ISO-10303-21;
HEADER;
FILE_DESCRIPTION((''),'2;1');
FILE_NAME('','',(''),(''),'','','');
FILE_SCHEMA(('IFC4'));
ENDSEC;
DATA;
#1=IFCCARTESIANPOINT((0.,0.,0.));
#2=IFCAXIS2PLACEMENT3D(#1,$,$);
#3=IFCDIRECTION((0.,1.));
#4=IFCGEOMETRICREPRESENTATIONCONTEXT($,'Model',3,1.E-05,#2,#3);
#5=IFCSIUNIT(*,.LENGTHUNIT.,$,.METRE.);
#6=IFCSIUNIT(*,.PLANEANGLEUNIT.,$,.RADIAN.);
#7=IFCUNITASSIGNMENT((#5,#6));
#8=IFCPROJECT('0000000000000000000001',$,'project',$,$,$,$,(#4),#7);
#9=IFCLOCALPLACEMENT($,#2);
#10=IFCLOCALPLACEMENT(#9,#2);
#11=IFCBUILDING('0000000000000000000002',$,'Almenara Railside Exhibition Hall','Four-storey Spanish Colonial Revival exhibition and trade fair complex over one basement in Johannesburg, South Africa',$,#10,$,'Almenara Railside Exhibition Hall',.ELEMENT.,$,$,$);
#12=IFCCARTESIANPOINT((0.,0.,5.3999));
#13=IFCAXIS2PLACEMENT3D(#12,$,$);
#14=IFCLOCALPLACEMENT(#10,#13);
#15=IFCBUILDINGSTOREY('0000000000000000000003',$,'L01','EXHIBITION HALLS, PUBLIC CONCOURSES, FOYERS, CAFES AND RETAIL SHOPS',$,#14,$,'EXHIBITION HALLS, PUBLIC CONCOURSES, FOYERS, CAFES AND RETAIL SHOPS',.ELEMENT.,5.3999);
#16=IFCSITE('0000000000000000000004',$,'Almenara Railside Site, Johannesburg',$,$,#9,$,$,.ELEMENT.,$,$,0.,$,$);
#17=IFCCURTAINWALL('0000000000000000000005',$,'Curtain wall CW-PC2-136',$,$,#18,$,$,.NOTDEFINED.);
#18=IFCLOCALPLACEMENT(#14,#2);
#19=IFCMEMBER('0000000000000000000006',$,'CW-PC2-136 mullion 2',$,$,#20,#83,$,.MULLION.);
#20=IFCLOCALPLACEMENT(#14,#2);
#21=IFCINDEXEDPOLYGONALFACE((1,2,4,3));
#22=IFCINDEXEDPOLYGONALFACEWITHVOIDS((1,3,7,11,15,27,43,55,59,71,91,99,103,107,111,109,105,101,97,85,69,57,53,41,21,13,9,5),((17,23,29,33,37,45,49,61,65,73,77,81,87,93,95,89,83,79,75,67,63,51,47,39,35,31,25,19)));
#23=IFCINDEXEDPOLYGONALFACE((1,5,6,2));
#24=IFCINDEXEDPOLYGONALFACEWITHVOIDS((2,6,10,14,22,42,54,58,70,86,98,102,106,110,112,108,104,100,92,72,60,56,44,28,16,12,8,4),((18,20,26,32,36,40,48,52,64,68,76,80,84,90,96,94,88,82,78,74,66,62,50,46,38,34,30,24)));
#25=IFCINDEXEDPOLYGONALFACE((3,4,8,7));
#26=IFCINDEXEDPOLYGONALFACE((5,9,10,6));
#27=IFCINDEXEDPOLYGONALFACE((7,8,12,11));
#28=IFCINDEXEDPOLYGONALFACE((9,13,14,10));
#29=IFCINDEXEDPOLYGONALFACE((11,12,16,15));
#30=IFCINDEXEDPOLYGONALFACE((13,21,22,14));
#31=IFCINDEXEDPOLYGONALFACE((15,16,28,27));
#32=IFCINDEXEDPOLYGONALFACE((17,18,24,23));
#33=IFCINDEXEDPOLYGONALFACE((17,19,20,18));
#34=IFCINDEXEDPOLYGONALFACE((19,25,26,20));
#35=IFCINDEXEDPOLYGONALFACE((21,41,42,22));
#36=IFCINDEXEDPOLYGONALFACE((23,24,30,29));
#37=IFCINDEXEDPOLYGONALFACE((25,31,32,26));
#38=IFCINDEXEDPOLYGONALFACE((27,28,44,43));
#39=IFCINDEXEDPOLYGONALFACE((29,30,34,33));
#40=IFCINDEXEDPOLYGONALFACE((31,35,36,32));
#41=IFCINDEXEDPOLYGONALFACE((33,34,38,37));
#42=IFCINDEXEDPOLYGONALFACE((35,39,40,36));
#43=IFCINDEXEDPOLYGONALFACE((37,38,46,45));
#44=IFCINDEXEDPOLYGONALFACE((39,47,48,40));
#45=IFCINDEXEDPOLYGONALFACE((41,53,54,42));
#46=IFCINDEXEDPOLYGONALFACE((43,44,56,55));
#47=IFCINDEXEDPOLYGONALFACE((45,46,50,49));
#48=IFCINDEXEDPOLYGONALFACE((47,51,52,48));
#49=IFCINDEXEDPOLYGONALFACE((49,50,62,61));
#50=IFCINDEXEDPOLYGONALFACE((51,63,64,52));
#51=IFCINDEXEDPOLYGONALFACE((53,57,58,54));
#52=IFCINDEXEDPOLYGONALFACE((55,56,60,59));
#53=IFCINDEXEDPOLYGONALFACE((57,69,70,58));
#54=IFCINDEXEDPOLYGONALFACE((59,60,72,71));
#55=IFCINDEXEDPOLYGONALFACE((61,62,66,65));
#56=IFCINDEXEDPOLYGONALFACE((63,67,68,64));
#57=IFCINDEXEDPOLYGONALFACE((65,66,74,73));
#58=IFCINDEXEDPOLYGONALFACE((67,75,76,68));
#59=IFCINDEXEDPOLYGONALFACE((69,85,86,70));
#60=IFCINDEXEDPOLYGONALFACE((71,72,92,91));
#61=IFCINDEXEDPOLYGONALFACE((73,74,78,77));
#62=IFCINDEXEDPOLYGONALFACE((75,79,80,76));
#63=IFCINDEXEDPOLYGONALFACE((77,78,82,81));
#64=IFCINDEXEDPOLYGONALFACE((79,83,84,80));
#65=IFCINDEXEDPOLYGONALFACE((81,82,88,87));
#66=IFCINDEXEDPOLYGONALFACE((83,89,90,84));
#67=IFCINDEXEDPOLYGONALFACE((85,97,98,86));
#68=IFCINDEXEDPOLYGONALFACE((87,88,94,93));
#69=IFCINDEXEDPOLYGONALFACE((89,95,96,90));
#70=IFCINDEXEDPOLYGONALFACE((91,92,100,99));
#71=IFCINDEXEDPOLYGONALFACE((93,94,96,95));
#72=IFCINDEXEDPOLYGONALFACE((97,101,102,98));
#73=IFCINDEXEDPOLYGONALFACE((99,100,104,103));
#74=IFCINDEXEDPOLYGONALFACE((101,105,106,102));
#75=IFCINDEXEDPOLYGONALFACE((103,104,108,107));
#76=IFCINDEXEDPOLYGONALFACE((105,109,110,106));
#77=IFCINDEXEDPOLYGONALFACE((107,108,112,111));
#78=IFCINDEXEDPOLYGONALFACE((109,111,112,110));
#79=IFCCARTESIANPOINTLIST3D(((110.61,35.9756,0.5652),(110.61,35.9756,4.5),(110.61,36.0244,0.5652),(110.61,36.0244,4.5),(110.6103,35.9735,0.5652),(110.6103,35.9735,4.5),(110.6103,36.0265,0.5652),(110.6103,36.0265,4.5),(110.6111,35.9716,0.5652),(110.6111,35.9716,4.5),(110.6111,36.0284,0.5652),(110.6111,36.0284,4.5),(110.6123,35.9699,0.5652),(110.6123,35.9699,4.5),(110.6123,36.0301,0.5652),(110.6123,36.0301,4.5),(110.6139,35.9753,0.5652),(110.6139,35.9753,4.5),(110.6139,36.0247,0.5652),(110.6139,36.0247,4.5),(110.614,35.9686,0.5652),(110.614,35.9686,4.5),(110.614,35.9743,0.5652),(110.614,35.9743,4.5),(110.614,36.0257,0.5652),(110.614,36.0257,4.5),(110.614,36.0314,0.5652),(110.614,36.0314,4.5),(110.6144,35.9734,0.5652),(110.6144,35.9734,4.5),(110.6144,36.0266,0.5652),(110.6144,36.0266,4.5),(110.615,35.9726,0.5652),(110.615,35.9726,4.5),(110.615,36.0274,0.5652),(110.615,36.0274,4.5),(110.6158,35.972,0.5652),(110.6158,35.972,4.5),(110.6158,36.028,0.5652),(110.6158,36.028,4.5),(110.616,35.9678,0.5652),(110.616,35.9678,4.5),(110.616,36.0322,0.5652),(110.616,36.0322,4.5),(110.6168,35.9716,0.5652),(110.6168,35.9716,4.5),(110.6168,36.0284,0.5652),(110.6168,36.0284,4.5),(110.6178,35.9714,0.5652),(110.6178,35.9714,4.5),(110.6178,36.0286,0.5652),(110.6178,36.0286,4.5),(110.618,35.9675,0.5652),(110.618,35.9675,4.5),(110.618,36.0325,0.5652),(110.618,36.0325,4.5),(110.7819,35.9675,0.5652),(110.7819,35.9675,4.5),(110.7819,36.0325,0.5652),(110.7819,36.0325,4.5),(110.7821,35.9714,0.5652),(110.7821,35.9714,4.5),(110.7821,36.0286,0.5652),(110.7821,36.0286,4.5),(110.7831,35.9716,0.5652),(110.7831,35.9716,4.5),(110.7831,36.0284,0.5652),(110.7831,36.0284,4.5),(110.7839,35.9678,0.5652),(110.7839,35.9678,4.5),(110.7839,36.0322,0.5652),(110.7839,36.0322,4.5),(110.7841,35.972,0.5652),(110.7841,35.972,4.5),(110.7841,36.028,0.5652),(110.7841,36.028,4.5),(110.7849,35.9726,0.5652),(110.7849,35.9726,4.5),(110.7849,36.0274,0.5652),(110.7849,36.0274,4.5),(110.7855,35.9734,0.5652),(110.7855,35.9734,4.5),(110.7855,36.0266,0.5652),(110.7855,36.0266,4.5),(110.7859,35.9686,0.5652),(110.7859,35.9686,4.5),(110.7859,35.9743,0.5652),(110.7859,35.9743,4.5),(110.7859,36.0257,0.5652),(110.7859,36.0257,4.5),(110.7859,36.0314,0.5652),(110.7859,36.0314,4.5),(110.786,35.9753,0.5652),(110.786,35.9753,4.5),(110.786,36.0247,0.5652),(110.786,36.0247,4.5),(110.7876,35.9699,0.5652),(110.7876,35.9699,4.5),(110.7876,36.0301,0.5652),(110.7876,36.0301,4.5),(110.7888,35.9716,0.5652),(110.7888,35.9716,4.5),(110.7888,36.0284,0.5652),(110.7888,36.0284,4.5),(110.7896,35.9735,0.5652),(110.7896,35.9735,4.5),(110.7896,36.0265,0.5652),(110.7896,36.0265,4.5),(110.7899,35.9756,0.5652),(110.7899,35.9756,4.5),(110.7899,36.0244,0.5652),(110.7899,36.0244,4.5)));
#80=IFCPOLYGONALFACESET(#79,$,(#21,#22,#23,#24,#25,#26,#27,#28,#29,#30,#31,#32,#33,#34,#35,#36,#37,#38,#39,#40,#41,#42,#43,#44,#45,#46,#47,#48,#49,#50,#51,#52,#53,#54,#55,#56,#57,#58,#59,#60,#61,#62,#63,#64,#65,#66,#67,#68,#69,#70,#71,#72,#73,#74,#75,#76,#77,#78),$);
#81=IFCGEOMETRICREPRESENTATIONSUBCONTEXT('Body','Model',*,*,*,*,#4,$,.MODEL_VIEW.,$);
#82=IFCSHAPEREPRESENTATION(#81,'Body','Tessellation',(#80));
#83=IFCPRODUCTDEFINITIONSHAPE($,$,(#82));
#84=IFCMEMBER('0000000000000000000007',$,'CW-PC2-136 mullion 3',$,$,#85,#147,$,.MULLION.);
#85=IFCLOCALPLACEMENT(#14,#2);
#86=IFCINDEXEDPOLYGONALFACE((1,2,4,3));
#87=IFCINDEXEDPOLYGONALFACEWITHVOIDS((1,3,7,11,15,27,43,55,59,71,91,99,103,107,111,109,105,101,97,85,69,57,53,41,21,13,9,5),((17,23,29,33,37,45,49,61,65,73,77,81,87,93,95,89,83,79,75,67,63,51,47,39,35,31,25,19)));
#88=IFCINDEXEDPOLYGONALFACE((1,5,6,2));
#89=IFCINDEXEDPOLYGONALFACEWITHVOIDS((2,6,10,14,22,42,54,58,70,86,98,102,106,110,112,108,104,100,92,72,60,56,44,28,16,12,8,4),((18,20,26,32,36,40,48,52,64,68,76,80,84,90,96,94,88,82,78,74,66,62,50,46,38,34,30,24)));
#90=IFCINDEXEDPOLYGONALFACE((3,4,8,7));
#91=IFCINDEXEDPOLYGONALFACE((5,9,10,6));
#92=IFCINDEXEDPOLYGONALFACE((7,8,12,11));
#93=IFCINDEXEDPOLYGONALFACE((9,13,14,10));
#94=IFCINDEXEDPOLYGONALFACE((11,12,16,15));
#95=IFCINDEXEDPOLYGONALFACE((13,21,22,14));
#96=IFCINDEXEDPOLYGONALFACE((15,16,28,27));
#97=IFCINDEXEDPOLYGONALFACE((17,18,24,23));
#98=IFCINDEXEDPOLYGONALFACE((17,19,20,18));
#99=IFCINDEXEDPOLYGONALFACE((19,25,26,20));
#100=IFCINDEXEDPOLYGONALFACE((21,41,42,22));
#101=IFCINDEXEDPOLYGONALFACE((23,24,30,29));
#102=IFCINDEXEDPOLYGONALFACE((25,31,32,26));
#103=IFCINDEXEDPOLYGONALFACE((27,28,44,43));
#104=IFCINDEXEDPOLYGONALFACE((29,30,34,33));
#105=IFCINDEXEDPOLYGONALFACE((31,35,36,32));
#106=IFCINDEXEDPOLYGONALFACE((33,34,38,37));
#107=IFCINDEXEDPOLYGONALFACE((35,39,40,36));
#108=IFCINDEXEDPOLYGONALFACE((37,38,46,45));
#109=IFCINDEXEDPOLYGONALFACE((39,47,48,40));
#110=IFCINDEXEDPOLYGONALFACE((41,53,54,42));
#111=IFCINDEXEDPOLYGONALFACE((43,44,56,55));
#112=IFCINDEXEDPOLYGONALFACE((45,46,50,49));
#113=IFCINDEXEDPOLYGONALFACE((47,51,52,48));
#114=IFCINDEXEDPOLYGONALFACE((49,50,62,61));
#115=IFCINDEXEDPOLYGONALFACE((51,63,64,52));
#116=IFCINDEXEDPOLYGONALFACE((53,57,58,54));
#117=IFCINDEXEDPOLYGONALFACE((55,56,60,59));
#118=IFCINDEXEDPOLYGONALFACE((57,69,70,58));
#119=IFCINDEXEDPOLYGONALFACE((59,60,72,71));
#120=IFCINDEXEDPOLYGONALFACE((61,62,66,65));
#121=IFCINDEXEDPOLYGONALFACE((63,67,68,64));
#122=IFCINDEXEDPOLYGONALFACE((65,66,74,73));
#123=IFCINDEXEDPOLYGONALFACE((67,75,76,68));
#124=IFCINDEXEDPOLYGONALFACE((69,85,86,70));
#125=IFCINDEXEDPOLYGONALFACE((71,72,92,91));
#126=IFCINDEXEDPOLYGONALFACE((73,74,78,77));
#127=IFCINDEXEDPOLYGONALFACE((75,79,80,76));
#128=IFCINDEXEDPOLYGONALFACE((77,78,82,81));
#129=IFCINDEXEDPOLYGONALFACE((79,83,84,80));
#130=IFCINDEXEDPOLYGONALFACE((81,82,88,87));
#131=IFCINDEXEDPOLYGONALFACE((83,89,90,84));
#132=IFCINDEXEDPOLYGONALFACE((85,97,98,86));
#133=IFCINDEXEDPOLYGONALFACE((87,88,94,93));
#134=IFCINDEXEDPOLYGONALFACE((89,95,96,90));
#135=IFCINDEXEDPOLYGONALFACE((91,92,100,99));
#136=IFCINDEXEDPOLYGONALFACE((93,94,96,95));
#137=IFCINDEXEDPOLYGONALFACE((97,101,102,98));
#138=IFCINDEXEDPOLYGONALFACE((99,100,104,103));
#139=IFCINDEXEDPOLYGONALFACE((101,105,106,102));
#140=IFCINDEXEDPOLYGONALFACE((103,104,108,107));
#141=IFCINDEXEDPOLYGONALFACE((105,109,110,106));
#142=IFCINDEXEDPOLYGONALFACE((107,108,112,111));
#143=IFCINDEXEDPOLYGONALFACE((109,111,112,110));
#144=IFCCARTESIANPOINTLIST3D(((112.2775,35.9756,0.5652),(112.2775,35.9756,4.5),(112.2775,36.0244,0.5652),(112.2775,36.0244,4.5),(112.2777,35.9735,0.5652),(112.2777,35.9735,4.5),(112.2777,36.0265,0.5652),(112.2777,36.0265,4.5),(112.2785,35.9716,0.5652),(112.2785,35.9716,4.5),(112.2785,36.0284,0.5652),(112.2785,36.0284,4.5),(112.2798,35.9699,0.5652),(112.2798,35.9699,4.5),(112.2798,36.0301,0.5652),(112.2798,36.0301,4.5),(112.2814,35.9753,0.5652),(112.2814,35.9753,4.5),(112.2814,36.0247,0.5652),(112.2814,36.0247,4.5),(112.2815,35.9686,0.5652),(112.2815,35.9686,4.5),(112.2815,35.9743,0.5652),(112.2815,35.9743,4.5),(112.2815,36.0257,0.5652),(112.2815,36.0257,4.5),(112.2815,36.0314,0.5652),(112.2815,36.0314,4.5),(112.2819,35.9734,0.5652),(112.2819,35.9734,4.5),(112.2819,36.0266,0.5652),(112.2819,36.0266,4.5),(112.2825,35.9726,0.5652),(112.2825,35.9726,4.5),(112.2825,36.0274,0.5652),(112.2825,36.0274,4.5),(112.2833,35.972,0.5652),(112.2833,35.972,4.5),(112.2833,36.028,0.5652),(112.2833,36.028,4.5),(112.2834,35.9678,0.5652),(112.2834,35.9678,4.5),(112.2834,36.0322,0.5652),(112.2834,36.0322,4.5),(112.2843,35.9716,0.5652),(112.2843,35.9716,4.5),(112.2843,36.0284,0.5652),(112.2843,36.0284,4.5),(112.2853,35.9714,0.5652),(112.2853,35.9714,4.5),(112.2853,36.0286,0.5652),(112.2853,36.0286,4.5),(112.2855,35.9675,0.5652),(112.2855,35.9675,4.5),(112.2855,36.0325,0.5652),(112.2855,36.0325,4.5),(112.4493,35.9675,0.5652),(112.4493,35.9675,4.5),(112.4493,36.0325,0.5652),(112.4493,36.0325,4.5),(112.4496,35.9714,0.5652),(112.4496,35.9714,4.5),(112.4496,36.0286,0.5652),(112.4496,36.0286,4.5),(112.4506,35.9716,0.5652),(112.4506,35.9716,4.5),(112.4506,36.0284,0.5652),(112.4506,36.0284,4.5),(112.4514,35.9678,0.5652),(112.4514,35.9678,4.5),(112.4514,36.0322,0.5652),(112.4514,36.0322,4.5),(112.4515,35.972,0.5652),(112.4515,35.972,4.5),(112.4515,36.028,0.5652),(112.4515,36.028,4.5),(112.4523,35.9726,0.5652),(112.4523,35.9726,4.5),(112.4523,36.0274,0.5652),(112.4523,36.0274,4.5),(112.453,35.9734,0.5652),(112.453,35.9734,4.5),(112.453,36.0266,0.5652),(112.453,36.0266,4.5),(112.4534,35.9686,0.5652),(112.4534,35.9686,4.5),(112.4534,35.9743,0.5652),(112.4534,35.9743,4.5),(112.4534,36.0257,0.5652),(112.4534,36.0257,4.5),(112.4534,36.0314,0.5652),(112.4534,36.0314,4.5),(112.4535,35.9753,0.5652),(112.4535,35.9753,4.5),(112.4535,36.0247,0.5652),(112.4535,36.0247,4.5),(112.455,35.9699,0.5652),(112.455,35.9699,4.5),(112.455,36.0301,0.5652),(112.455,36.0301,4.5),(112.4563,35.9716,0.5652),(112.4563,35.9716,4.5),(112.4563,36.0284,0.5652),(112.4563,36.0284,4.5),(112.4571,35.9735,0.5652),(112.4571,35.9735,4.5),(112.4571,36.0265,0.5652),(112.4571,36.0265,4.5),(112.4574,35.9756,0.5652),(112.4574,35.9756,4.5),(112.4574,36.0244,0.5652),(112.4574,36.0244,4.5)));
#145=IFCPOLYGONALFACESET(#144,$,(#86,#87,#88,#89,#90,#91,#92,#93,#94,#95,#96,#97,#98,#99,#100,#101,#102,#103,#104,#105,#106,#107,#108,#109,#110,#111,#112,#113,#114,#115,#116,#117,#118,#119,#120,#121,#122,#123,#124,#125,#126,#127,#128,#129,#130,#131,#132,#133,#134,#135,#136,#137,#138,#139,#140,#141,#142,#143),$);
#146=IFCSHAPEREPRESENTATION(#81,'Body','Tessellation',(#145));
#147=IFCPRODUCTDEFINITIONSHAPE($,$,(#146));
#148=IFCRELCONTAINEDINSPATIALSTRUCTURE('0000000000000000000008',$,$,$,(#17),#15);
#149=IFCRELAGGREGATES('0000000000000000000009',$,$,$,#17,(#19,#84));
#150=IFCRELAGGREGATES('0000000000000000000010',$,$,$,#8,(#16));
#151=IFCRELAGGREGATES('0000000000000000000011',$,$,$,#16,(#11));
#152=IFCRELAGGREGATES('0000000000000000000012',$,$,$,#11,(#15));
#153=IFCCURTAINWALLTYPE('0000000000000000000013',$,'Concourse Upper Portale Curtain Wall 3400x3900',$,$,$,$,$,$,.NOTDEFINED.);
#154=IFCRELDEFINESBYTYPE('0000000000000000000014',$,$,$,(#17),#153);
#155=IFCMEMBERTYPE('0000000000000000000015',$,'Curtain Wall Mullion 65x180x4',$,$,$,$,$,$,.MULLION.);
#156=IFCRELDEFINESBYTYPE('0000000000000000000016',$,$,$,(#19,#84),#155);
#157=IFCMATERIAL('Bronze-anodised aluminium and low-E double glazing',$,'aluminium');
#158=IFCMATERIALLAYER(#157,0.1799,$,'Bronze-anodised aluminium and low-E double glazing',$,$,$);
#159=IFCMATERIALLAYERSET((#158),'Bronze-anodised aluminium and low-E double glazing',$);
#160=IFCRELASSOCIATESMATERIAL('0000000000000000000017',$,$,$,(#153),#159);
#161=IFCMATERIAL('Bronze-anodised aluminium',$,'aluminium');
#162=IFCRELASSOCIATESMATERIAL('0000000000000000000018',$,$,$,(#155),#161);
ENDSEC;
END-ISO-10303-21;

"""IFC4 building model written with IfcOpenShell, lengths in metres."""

from ifc_helpers import new_model, si_unit, direction, frame, origin, origin_2d, place, context, subcontext, project, spatial, hollow_rectangle, extrude, material, layer, layer_set, material_profile, profile_set, type_object, element, aggregate, save


model = new_model("IFC4")

# Units and contexts
model_context = context("Model", 3, precision=1e-05, world=origin(), true_north=direction((0.0, 1.0)))
body_context = subcontext(model_context, "Body", "Model", "MODEL_VIEW")
ifc_project = project(units=[si_unit("LENGTHUNIT", "METRE"), si_unit("PLANEANGLEUNIT", "RADIAN")], contexts=[model_context])

# Site, building, storey
site_placement = place(None, origin())
site = spatial("IfcSite", under=ifc_project, at=site_placement, Name="Almenara Railside Site, Johannesburg", CompositionType="ELEMENT", RefElevation=0.0)
building_placement = place(site_placement, origin())
building = spatial("IfcBuilding", under=site, at=building_placement, Name="Almenara Railside Exhibition Hall", Description="Four-storey Spanish Colonial Revival exhibition and trade fair complex over one basement in Johannesburg, South Africa", LongName="Almenara Railside Exhibition Hall", CompositionType="ELEMENT")
storey_placement = place(building_placement, frame((0.0, 0.0, 5.3999)))
storey = spatial("IfcBuildingStorey", under=building, at=storey_placement, Name="L01", Description="EXHIBITION HALLS, PUBLIC CONCOURSES, FOYERS, CAFES AND RETAIL SHOPS", LongName="EXHIBITION HALLS, PUBLIC CONCOURSES, FOYERS, CAFES AND RETAIL SHOPS", CompositionType="ELEMENT", Elevation=5.3999)

# Shared definitions
ifc_material_1 = material(Name="Bronze-anodised aluminium and low-E double glazing", Category="aluminium")
ifc_material_2 = material(Name="Bronze-anodised aluminium", Category="aluminium")

# Curtain wall, members
ifc_layer_1 = layer(ifc_material_1, 0.1799, Name="Bronze-anodised aluminium and low-E double glazing")
ifc_layer_set_1 = layer_set([ifc_layer_1], Name="Bronze-anodised aluminium and low-E double glazing")
curtain_wall_type_1 = type_object("IfcCurtainWallType", Name="Concourse Upper Portale Curtain Wall 3400x3900", PredefinedType="NOTDEFINED", material=ifc_layer_set_1)
curtain_wall_1_placement = place(storey_placement, origin())
curtain_wall_1 = element("IfcCurtainWall", 1, at=curtain_wall_1_placement, inside=storey, type_object=curtain_wall_type_1, Name="Curtain wall CW-PC2-136", PredefinedType="NOTDEFINED")
ifc_material_profile_1 = material_profile(ifc_material_2, hollow_rectangle(XDim=0.0649, YDim=0.1799, WallThickness=0.0039, InnerFilletRadius=0.0039, OuterFilletRadius=0.0081, at=origin_2d()), Name="ALU-MUL 65x180x4")
ifc_profile_set_1 = profile_set([ifc_material_profile_1], Name="Bronze-anodised aluminium")
member_type_1 = type_object("IfcMemberType", Name="Curtain Wall Mullion 65x180x4", PredefinedType="MULLION", material=ifc_profile_set_1)
member_1_placement = place(storey_placement, frame((110.7, 36.0, 0.5652), z_axis=(0.0, 0.0, 1.0), x_axis=(0.0, 1.0, 0.0)))
member_1 = element("IfcMember", 2, at=member_1_placement, type_object=member_type_1, Name="CW-PC2-136 mullion 2", PredefinedType="MULLION", context=body_context, shape_type="SweptSolid", body=[
    extrude(hollow_rectangle(XDim=0.0649, YDim=0.1799, WallThickness=0.0039, InnerFilletRadius=0.0039, OuterFilletRadius=0.0081, at=origin_2d()), origin(), (0.0, 0.0, 1.0), 3.9348),
])
member_2_placement = place(storey_placement, frame((112.3674, 36.0, 0.5652), z_axis=(0.0, 0.0, 1.0), x_axis=(0.0, 1.0, 0.0)))
member_2 = element("IfcMember", 3, at=member_2_placement, type_object=member_type_1, Name="CW-PC2-136 mullion 3", PredefinedType="MULLION", context=body_context, shape_type="SweptSolid", body=[
    extrude(hollow_rectangle(XDim=0.0649, YDim=0.1799, WallThickness=0.0039, InnerFilletRadius=0.0039, OuterFilletRadius=0.0081, at=origin_2d()), origin(), (0.0, 0.0, 1.0), 3.9348),
])

aggregate(curtain_wall_1, [member_1, member_2])

save(model, "model.ifc")
